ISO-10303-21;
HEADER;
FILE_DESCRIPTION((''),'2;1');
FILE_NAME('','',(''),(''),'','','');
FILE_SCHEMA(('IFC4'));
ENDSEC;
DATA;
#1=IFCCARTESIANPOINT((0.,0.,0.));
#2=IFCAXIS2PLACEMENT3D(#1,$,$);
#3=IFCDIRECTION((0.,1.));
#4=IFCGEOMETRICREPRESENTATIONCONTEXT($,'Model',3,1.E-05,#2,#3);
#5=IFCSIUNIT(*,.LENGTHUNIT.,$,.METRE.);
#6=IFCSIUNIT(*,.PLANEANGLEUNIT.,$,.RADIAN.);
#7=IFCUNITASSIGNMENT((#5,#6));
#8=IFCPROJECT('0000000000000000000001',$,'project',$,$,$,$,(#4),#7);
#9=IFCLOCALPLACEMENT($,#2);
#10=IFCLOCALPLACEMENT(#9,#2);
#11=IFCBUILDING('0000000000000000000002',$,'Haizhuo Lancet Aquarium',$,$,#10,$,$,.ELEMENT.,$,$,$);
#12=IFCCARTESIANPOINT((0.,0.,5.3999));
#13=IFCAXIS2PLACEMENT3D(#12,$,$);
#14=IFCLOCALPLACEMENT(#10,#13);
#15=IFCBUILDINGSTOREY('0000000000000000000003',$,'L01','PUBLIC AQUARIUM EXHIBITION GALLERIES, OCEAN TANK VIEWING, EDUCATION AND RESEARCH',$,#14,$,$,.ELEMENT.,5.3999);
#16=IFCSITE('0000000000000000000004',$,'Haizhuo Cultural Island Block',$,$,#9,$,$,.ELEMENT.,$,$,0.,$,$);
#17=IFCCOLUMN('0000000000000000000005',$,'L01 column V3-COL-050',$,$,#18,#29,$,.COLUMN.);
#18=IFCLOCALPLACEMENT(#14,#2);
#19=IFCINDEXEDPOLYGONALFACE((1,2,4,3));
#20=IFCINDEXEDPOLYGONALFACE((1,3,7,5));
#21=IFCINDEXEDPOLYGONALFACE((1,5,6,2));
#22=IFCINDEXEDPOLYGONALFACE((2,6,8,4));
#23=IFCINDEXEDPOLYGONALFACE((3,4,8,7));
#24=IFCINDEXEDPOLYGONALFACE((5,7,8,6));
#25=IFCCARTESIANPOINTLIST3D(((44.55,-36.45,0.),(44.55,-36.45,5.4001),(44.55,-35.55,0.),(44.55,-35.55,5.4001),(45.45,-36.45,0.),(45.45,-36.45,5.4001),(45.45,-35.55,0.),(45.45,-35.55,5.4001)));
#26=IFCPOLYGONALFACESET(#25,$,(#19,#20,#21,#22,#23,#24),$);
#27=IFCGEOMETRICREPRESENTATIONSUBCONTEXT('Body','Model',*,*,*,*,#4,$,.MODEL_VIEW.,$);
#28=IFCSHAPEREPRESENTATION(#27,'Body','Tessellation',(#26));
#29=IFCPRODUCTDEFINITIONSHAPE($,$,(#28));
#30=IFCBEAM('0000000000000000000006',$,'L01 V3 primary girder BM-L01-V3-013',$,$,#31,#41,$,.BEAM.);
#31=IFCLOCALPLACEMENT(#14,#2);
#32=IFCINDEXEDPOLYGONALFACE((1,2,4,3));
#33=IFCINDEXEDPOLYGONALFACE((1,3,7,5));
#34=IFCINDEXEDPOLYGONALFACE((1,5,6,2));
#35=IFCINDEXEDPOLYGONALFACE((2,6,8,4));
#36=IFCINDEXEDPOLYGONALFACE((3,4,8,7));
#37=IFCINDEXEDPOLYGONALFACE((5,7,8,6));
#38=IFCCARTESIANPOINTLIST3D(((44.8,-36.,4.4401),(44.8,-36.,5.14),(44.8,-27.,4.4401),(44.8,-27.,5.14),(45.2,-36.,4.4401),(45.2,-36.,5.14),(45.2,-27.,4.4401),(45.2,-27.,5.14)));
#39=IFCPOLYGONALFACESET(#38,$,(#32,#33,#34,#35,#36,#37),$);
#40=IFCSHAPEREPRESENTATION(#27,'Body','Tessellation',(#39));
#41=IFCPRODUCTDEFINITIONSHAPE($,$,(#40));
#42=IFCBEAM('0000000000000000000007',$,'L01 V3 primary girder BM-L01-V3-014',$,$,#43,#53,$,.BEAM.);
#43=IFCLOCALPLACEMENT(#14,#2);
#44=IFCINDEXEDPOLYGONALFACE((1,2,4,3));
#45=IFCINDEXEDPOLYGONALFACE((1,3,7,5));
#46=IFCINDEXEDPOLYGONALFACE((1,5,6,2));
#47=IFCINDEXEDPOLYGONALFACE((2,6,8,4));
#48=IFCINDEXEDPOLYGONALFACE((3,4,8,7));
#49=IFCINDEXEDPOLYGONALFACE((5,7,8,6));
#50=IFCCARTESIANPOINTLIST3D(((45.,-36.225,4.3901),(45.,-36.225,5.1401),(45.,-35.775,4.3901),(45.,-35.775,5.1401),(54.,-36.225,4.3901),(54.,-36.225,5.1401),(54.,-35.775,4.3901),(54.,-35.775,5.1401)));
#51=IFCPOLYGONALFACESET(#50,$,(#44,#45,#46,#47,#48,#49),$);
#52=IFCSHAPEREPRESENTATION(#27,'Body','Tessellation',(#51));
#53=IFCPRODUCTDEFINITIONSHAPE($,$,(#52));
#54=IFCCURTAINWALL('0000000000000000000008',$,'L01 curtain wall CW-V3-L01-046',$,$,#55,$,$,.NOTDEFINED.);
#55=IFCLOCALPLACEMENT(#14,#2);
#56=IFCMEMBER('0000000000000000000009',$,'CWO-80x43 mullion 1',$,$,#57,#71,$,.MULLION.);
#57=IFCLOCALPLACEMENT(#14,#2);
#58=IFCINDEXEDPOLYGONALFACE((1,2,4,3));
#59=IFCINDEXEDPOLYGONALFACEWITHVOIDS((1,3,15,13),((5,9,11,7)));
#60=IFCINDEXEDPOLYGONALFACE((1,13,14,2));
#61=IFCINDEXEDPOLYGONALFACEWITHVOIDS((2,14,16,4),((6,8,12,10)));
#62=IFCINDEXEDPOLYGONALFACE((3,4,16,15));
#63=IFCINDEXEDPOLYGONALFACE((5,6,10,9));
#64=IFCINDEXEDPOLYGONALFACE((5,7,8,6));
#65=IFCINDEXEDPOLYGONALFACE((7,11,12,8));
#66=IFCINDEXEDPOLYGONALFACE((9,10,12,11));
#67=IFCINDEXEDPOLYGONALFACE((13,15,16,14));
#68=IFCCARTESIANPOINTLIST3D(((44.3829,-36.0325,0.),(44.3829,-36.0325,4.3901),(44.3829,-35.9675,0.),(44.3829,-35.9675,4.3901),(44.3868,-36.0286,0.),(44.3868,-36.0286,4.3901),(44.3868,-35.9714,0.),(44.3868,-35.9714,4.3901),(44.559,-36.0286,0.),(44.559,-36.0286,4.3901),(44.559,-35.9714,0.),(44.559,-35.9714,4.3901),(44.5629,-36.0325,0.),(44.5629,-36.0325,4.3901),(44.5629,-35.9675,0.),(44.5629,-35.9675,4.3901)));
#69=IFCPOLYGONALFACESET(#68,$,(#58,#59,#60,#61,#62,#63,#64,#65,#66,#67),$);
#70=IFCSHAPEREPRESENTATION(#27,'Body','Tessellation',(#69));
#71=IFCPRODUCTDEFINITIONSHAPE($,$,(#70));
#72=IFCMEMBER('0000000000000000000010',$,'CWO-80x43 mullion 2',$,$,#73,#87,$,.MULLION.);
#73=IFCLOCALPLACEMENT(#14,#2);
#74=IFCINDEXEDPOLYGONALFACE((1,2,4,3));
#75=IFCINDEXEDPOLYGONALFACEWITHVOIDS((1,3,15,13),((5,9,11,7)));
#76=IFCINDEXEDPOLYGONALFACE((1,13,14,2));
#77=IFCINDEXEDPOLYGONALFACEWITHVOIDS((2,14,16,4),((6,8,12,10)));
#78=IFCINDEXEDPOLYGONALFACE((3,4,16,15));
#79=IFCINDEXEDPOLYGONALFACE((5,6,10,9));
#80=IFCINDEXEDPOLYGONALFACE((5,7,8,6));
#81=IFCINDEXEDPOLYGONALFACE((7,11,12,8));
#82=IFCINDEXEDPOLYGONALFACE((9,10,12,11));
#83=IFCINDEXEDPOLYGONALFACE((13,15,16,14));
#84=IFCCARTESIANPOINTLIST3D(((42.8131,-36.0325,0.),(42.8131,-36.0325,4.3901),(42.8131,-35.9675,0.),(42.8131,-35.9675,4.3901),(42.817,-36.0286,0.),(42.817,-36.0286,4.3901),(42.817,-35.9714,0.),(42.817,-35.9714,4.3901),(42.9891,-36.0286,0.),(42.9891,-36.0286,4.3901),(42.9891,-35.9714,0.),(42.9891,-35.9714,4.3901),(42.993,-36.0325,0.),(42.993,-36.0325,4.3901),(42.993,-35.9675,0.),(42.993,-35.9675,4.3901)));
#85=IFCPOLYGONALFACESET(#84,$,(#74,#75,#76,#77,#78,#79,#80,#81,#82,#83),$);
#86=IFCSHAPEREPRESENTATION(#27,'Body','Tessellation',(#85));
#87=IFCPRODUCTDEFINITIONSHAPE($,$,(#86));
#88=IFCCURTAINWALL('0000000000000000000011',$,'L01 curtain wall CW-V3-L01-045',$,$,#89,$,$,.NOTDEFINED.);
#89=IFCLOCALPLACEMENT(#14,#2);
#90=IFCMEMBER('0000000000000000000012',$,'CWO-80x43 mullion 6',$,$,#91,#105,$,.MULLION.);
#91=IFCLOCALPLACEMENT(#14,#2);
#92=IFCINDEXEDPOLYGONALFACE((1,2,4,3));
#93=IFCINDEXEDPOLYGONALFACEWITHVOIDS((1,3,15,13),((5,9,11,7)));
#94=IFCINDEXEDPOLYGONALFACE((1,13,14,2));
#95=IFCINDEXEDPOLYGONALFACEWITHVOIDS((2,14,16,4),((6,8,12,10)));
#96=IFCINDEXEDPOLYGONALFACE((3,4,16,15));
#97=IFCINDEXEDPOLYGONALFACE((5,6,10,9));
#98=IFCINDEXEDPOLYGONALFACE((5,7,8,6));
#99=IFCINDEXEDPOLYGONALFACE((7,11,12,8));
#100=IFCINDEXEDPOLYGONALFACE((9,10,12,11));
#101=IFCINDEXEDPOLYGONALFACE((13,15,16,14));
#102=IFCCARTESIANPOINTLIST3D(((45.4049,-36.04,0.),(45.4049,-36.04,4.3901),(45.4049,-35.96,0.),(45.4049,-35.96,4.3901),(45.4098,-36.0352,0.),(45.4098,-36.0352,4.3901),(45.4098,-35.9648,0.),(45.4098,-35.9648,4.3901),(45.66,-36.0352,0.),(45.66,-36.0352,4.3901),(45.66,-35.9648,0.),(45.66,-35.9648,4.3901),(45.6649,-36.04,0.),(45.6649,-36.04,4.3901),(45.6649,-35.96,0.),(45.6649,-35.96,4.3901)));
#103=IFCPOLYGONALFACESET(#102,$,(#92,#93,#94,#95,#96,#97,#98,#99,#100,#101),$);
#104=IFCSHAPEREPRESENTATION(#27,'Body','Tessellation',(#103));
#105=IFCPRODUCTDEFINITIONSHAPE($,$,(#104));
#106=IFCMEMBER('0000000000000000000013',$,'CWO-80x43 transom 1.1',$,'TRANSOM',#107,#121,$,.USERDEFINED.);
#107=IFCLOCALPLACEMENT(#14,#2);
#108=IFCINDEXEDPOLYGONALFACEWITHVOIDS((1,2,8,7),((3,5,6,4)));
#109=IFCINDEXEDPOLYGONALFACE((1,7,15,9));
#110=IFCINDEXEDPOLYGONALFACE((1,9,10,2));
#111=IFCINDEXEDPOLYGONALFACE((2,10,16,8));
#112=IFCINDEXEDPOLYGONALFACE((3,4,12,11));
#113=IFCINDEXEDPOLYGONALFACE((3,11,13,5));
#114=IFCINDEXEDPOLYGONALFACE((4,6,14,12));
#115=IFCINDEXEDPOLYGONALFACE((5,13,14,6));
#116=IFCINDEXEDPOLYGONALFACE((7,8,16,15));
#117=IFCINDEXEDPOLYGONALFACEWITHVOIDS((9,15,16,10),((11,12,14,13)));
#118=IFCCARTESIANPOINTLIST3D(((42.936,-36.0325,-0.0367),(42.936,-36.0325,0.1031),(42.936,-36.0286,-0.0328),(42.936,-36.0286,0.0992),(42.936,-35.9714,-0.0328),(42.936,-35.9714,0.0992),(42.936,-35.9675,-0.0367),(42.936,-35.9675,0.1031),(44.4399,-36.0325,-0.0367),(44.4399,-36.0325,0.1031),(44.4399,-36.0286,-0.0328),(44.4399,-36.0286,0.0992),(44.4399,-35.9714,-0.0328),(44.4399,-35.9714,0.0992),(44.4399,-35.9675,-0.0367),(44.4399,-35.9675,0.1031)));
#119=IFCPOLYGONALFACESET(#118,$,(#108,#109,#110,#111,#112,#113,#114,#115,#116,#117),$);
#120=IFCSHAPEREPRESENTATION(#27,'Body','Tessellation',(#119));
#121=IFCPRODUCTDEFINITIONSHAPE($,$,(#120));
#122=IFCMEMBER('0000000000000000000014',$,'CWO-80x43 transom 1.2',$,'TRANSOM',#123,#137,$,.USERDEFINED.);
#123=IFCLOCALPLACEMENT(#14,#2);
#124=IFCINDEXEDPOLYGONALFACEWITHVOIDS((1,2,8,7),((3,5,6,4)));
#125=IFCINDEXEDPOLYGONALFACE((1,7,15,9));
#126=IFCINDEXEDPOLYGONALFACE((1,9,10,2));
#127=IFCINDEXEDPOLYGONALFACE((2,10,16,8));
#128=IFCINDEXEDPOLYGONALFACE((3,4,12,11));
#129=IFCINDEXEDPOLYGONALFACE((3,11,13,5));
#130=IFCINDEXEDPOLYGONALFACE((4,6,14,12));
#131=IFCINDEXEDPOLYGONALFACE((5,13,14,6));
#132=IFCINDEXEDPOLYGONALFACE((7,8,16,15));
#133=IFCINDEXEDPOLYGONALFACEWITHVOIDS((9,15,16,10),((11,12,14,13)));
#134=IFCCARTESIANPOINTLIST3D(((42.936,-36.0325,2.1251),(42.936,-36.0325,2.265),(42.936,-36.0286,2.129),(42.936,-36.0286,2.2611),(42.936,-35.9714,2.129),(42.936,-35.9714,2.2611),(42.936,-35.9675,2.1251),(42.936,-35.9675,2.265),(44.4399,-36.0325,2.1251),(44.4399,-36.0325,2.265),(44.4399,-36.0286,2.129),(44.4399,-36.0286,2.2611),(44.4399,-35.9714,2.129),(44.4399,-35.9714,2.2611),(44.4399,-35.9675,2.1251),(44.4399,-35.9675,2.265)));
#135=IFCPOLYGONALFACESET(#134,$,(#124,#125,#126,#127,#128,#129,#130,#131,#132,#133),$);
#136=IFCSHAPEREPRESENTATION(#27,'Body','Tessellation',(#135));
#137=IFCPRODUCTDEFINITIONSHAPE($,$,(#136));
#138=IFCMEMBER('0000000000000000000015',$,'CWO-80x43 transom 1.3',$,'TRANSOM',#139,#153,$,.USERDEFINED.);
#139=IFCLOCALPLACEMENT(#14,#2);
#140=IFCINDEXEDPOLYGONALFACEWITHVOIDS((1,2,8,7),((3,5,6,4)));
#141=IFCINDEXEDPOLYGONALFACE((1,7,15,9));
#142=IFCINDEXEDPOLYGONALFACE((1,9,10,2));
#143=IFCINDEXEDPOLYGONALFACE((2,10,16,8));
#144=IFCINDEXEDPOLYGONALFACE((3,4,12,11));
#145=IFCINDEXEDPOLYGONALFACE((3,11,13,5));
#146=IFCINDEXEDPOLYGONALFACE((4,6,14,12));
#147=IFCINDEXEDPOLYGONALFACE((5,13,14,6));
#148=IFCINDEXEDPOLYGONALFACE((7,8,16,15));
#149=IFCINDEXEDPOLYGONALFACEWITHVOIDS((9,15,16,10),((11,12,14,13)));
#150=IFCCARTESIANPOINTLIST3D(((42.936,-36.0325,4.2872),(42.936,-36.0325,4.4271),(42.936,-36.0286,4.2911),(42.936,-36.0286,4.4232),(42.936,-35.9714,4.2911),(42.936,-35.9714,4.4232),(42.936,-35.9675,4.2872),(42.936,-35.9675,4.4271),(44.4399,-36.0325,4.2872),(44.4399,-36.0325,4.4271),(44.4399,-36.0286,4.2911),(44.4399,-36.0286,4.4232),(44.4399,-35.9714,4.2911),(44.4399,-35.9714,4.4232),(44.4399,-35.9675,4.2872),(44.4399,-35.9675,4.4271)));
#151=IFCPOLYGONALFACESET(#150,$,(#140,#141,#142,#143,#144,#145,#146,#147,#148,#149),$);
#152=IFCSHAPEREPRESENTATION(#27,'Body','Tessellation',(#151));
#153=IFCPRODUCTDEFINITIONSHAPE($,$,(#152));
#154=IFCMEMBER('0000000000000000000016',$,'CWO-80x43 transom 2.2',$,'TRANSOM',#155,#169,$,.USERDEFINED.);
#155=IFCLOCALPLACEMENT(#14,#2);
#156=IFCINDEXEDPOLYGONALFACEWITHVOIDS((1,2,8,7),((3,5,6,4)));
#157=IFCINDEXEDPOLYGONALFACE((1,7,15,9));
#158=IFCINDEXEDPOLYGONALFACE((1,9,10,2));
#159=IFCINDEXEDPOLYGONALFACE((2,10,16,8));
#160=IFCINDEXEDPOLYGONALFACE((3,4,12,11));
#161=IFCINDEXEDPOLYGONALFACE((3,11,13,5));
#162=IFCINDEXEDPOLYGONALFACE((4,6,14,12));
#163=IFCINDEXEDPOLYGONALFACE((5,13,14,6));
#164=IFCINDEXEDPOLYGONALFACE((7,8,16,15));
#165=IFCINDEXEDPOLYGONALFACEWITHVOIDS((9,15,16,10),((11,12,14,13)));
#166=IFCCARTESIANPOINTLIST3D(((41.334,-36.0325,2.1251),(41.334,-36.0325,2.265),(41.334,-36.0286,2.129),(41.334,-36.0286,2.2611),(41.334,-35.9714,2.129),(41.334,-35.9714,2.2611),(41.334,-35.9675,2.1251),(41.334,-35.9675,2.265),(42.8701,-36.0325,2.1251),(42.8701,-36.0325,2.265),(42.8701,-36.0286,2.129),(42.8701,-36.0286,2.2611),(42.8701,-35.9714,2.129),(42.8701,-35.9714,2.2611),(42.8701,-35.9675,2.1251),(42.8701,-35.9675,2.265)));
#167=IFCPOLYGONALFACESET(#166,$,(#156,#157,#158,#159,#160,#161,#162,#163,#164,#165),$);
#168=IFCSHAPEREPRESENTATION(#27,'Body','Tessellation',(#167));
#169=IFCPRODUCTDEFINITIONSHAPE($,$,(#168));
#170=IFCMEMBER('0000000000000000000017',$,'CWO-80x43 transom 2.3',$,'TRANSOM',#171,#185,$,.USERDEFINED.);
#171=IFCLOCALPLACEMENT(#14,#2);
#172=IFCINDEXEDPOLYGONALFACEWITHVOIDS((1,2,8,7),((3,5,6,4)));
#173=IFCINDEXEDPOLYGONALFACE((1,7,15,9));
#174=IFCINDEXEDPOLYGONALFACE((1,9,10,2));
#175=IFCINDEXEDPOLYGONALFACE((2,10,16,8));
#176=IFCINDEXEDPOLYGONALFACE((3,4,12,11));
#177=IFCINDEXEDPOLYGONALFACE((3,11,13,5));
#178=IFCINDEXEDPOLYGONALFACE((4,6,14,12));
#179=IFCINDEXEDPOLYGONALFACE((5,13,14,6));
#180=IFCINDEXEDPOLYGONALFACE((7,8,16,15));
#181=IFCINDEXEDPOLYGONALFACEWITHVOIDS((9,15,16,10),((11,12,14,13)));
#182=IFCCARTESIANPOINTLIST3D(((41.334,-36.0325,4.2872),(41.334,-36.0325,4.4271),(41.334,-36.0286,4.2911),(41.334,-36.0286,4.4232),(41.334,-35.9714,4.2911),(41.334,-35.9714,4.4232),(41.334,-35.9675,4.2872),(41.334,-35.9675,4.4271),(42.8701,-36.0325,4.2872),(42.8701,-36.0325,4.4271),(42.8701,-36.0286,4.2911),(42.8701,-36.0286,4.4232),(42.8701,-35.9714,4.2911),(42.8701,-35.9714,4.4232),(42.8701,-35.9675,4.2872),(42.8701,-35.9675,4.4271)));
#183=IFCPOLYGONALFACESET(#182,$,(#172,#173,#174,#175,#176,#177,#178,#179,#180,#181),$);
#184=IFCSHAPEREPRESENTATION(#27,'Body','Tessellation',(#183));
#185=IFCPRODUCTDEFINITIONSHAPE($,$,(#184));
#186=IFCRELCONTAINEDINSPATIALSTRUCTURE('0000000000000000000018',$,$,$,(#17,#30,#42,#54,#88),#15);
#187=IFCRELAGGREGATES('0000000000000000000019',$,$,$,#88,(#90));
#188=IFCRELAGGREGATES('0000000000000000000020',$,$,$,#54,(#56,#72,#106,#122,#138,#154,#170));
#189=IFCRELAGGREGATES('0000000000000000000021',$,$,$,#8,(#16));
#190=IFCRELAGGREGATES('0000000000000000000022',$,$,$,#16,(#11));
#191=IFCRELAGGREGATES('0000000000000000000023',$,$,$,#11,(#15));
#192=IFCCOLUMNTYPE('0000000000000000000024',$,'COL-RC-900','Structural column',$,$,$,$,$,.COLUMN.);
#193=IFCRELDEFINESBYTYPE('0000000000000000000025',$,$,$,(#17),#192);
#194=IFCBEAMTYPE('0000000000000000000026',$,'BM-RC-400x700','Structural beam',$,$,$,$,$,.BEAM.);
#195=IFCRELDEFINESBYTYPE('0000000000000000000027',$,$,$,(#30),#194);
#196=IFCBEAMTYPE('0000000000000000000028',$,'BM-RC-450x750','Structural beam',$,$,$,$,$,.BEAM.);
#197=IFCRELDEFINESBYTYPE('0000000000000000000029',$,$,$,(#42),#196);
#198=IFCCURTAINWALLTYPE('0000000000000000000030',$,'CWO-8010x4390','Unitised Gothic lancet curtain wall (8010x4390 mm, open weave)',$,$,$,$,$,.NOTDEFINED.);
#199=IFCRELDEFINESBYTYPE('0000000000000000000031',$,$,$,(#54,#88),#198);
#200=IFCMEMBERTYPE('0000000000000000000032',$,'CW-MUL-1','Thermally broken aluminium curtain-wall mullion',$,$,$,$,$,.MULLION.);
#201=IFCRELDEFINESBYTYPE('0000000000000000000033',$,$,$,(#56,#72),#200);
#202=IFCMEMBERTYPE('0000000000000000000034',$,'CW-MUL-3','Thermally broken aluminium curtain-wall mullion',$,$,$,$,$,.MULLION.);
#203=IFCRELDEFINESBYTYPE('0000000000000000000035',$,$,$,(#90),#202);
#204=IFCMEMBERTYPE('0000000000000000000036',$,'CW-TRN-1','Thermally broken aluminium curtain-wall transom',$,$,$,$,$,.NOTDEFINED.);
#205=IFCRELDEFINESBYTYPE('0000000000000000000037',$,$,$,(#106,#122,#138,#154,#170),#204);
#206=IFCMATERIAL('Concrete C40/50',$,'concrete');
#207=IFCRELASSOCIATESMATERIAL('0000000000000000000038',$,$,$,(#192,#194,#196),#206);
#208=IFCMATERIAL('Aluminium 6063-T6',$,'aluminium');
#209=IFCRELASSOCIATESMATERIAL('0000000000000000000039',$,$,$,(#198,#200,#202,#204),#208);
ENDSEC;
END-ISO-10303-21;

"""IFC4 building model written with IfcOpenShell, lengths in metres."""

from ifc_helpers import new_model, si_unit, direction, frame, origin, origin_2d, place, context, subcontext, project, spatial, rectangle, hollow_rectangle, extrude, material, material_profile, profile_set, type_object, element, aggregate, save


model = new_model("IFC4")

# Units and contexts
model_context = context("Model", 3, precision=1e-05, world=origin(), true_north=direction((0.0, 1.0)))
body_context = subcontext(model_context, "Body", "Model", "MODEL_VIEW")
ifc_project = project(units=[si_unit("LENGTHUNIT", "METRE"), si_unit("PLANEANGLEUNIT", "RADIAN")], contexts=[model_context])

# Site, building, storey
site_placement = place(None, origin())
site = spatial("IfcSite", under=ifc_project, at=site_placement, Name="Haizhuo Cultural Island Block", CompositionType="ELEMENT", RefElevation=0.0)
building_placement = place(site_placement, origin())
building = spatial("IfcBuilding", under=site, at=building_placement, Name="Haizhuo Lancet Aquarium", CompositionType="ELEMENT")
storey_placement = place(building_placement, frame((0.0, 0.0, 5.3999)))
storey = spatial("IfcBuildingStorey", under=building, at=storey_placement, Name="L01", Description="PUBLIC AQUARIUM EXHIBITION GALLERIES, OCEAN TANK VIEWING, EDUCATION AND RESEARCH", CompositionType="ELEMENT", Elevation=5.3999)

# Column
ifc_material_1 = material(Name="Concrete C40/50", Category="concrete")
ifc_material_profile_1 = material_profile(ifc_material_1, rectangle(XDim=0.8999, YDim=0.8999, at=origin_2d()), Name="RC-COL 900x900")
ifc_profile_set_1 = profile_set([ifc_material_profile_1], Name="Concrete C40/50")
column_type = type_object("IfcColumnType", Name="COL-RC-900", Description="Structural column", PredefinedType="COLUMN", material=ifc_profile_set_1)
column_placement = place(storey_placement, frame((45.0, -36.0, 0.0), z_axis=(0.0, 0.0, 1.0), x_axis=(1.0, 0.0, 0.0)))
element("IfcColumn", 1, at=column_placement, inside=storey, type_object=column_type, Name="L01 column V3-COL-050", PredefinedType="COLUMN", context=body_context, shape_type="SweptSolid", body=[
    extrude(rectangle(XDim=0.8999, YDim=0.8999, at=origin_2d()), origin(), (0.0, 0.0, 1.0), 5.4001),
])

# Beams
ifc_material_profile_2 = material_profile(ifc_material_1, rectangle(XDim=0.3999, YDim=0.7, at=origin_2d()), Name="RC-BM 400x700")
ifc_profile_set_2 = profile_set([ifc_material_profile_2], Name="Concrete C40/50")
beam_type_1 = type_object("IfcBeamType", Name="BM-RC-400x700", Description="Structural beam", PredefinedType="BEAM", material=ifc_profile_set_2)
beam_1_placement = place(storey_placement, frame((45.0, -36.0, 4.79), z_axis=(0.0, 1.0, 0.0), x_axis=(-1.0, 0.0, 0.0)))
element("IfcBeam", 2, at=beam_1_placement, inside=storey, type_object=beam_type_1, Name="L01 V3 primary girder BM-L01-V3-013", PredefinedType="BEAM", context=body_context, shape_type="SweptSolid", body=[
    extrude(rectangle(XDim=0.3999, YDim=0.7, at=origin_2d()), origin(), (0.0, 0.0, 1.0), 9.0),
])
ifc_material_profile_3 = material_profile(ifc_material_1, rectangle(XDim=0.45, YDim=0.75, at=origin_2d()), Name="RC-BM 450x750")
ifc_profile_set_3 = profile_set([ifc_material_profile_3], Name="Concrete C40/50")
beam_type_2 = type_object("IfcBeamType", Name="BM-RC-450x750", Description="Structural beam", PredefinedType="BEAM", material=ifc_profile_set_3)
beam_2_placement = place(storey_placement, frame((45.0, -36.0, 4.7651), z_axis=(1.0, 0.0, 0.0), x_axis=(0.0, 1.0, 0.0)))
element("IfcBeam", 3, at=beam_2_placement, inside=storey, type_object=beam_type_2, Name="L01 V3 primary girder BM-L01-V3-014", PredefinedType="BEAM", context=body_context, shape_type="SweptSolid", body=[
    extrude(rectangle(XDim=0.45, YDim=0.75, at=origin_2d()), origin(), (0.0, 0.0, 1.0), 9.0),
])

# Curtain wall, members
ifc_material_2 = material(Name="Aluminium 6063-T6", Category="aluminium")
curtain_wall_type = type_object("IfcCurtainWallType", Name="CWO-8010x4390", Description="Unitised Gothic lancet curtain wall (8010x4390 mm, open weave)", PredefinedType="NOTDEFINED", material=ifc_material_2)
curtain_wall_1_placement = place(storey_placement, origin())
curtain_wall_1 = element("IfcCurtainWall", 4, at=curtain_wall_1_placement, inside=storey, type_object=curtain_wall_type, Name="L01 curtain wall CW-V3-L01-046", PredefinedType="NOTDEFINED")
ifc_material_profile_4 = material_profile(ifc_material_2, hollow_rectangle(XDim=0.0649, YDim=0.1799, WallThickness=0.0039, at=origin_2d()), Name="ALU-M 65x180x4")
ifc_profile_set_4 = profile_set([ifc_material_profile_4], Name="Aluminium 6063-T6")
member_type_1 = type_object("IfcMemberType", Name="CW-MUL-1", Description="Thermally broken aluminium curtain-wall mullion", PredefinedType="MULLION", material=ifc_profile_set_4)
member_1_placement = place(storey_placement, frame((44.4729, -36.0, 0.0), z_axis=(0.0, 0.0, 1.0), x_axis=(0.0, -1.0, 0.0)))
member_1 = element("IfcMember", 5, at=member_1_placement, type_object=member_type_1, Name="CWO-80x43 mullion 1", PredefinedType="MULLION", context=body_context, shape_type="SweptSolid", body=[
    extrude(hollow_rectangle(XDim=0.0649, YDim=0.1799, WallThickness=0.0039, at=origin_2d()), origin(), (0.0, 0.0, 1.0), 4.3901),
])
member_2_placement = place(storey_placement, frame((42.9031, -36.0, 0.0), z_axis=(0.0, 0.0, 1.0), x_axis=(0.0, -1.0, 0.0)))
member_2 = element("IfcMember", 6, at=member_2_placement, type_object=member_type_1, Name="CWO-80x43 mullion 2", PredefinedType="MULLION", context=body_context, shape_type="SweptSolid", body=[
    extrude(hollow_rectangle(XDim=0.0649, YDim=0.1799, WallThickness=0.0039, at=origin_2d()), origin(), (0.0, 0.0, 1.0), 4.3901),
])

# Curtain wall, member
curtain_wall_2_placement = place(storey_placement, origin())
curtain_wall_2 = element("IfcCurtainWall", 7, at=curtain_wall_2_placement, inside=storey, type_object=curtain_wall_type, Name="L01 curtain wall CW-V3-L01-045", PredefinedType="NOTDEFINED")
ifc_material_profile_5 = material_profile(ifc_material_2, hollow_rectangle(XDim=0.0801, YDim=0.26, WallThickness=0.0049, at=origin_2d()), Name="ALU-M 80x260x5")
ifc_profile_set_5 = profile_set([ifc_material_profile_5], Name="Aluminium 6063-T6")
member_type_2 = type_object("IfcMemberType", Name="CW-MUL-3", Description="Thermally broken aluminium curtain-wall mullion", PredefinedType="MULLION", material=ifc_profile_set_5)
member_3_placement = place(storey_placement, frame((45.5349, -36.0, 0.0), z_axis=(0.0, 0.0, 1.0), x_axis=(0.0, -1.0, 0.0)))
member_3 = element("IfcMember", 8, at=member_3_placement, type_object=member_type_2, Name="CWO-80x43 mullion 6", PredefinedType="MULLION", context=body_context, shape_type="SweptSolid", body=[
    extrude(hollow_rectangle(XDim=0.0801, YDim=0.26, WallThickness=0.0049, at=origin_2d()), origin(), (0.0, 0.0, 1.0), 4.3901),
])

# Members
ifc_material_profile_6 = material_profile(ifc_material_2, hollow_rectangle(XDim=0.0649, YDim=0.1399, WallThickness=0.0039, at=origin_2d()), Name="ALU-T 65x140x4")
ifc_profile_set_6 = profile_set([ifc_material_profile_6], Name="Aluminium 6063-T6")
member_type_3 = type_object("IfcMemberType", Name="CW-TRN-1", Description="Thermally broken aluminium curtain-wall transom", PredefinedType="NOTDEFINED", material=ifc_profile_set_6)
member_4_placement = place(storey_placement, frame((44.4399, -36.0, 0.0332), z_axis=(-1.0, 0.0, 0.0), x_axis=(0.0, -1.0, 0.0)))
member_4 = element("IfcMember", 9, at=member_4_placement, type_object=member_type_3, Name="CWO-80x43 transom 1.1", ObjectType="TRANSOM", PredefinedType="USERDEFINED", context=body_context, shape_type="SweptSolid", body=[
    extrude(hollow_rectangle(XDim=0.0649, YDim=0.1399, WallThickness=0.0039, at=origin_2d()), origin(), (0.0, 0.0, 1.0), 1.5039),
])
member_5_placement = place(storey_placement, frame((44.4399, -36.0, 2.1951), z_axis=(-1.0, 0.0, 0.0), x_axis=(0.0, -1.0, 0.0)))
member_5 = element("IfcMember", 10, at=member_5_placement, type_object=member_type_3, Name="CWO-80x43 transom 1.2", ObjectType="TRANSOM", PredefinedType="USERDEFINED", context=body_context, shape_type="SweptSolid", body=[
    extrude(hollow_rectangle(XDim=0.0649, YDim=0.1399, WallThickness=0.0039, at=origin_2d()), origin(), (0.0, 0.0, 1.0), 1.5039),
])
member_6_placement = place(storey_placement, frame((44.4399, -36.0, 4.3572), z_axis=(-1.0, 0.0, 0.0), x_axis=(0.0, -1.0, 0.0)))
member_6 = element("IfcMember", 11, at=member_6_placement, type_object=member_type_3, Name="CWO-80x43 transom 1.3", ObjectType="TRANSOM", PredefinedType="USERDEFINED", context=body_context, shape_type="SweptSolid", body=[
    extrude(hollow_rectangle(XDim=0.0649, YDim=0.1399, WallThickness=0.0039, at=origin_2d()), origin(), (0.0, 0.0, 1.0), 1.5039),
])
member_7_placement = place(storey_placement, frame((42.8701, -36.0, 2.1951), z_axis=(-1.0, 0.0, 0.0), x_axis=(0.0, -1.0, 0.0)))
member_7 = element("IfcMember", 12, at=member_7_placement, type_object=member_type_3, Name="CWO-80x43 transom 2.2", ObjectType="TRANSOM", PredefinedType="USERDEFINED", context=body_context, shape_type="SweptSolid", body=[
    extrude(hollow_rectangle(XDim=0.0649, YDim=0.1399, WallThickness=0.0039, at=origin_2d()), origin(), (0.0, 0.0, 1.0), 1.5361),
])
member_8_placement = place(storey_placement, frame((42.8701, -36.0, 4.3572), z_axis=(-1.0, 0.0, 0.0), x_axis=(0.0, -1.0, 0.0)))
member_8 = element("IfcMember", 13, at=member_8_placement, type_object=member_type_3, Name="CWO-80x43 transom 2.3", ObjectType="TRANSOM", PredefinedType="USERDEFINED", context=body_context, shape_type="SweptSolid", body=[
    extrude(hollow_rectangle(XDim=0.0649, YDim=0.1399, WallThickness=0.0039, at=origin_2d()), origin(), (0.0, 0.0, 1.0), 1.5361),
])

aggregate(curtain_wall_2, [member_3])
aggregate(curtain_wall_1, [member_1, member_2, member_4, member_5, member_6, member_7, member_8])

save(model, "model.ifc")
